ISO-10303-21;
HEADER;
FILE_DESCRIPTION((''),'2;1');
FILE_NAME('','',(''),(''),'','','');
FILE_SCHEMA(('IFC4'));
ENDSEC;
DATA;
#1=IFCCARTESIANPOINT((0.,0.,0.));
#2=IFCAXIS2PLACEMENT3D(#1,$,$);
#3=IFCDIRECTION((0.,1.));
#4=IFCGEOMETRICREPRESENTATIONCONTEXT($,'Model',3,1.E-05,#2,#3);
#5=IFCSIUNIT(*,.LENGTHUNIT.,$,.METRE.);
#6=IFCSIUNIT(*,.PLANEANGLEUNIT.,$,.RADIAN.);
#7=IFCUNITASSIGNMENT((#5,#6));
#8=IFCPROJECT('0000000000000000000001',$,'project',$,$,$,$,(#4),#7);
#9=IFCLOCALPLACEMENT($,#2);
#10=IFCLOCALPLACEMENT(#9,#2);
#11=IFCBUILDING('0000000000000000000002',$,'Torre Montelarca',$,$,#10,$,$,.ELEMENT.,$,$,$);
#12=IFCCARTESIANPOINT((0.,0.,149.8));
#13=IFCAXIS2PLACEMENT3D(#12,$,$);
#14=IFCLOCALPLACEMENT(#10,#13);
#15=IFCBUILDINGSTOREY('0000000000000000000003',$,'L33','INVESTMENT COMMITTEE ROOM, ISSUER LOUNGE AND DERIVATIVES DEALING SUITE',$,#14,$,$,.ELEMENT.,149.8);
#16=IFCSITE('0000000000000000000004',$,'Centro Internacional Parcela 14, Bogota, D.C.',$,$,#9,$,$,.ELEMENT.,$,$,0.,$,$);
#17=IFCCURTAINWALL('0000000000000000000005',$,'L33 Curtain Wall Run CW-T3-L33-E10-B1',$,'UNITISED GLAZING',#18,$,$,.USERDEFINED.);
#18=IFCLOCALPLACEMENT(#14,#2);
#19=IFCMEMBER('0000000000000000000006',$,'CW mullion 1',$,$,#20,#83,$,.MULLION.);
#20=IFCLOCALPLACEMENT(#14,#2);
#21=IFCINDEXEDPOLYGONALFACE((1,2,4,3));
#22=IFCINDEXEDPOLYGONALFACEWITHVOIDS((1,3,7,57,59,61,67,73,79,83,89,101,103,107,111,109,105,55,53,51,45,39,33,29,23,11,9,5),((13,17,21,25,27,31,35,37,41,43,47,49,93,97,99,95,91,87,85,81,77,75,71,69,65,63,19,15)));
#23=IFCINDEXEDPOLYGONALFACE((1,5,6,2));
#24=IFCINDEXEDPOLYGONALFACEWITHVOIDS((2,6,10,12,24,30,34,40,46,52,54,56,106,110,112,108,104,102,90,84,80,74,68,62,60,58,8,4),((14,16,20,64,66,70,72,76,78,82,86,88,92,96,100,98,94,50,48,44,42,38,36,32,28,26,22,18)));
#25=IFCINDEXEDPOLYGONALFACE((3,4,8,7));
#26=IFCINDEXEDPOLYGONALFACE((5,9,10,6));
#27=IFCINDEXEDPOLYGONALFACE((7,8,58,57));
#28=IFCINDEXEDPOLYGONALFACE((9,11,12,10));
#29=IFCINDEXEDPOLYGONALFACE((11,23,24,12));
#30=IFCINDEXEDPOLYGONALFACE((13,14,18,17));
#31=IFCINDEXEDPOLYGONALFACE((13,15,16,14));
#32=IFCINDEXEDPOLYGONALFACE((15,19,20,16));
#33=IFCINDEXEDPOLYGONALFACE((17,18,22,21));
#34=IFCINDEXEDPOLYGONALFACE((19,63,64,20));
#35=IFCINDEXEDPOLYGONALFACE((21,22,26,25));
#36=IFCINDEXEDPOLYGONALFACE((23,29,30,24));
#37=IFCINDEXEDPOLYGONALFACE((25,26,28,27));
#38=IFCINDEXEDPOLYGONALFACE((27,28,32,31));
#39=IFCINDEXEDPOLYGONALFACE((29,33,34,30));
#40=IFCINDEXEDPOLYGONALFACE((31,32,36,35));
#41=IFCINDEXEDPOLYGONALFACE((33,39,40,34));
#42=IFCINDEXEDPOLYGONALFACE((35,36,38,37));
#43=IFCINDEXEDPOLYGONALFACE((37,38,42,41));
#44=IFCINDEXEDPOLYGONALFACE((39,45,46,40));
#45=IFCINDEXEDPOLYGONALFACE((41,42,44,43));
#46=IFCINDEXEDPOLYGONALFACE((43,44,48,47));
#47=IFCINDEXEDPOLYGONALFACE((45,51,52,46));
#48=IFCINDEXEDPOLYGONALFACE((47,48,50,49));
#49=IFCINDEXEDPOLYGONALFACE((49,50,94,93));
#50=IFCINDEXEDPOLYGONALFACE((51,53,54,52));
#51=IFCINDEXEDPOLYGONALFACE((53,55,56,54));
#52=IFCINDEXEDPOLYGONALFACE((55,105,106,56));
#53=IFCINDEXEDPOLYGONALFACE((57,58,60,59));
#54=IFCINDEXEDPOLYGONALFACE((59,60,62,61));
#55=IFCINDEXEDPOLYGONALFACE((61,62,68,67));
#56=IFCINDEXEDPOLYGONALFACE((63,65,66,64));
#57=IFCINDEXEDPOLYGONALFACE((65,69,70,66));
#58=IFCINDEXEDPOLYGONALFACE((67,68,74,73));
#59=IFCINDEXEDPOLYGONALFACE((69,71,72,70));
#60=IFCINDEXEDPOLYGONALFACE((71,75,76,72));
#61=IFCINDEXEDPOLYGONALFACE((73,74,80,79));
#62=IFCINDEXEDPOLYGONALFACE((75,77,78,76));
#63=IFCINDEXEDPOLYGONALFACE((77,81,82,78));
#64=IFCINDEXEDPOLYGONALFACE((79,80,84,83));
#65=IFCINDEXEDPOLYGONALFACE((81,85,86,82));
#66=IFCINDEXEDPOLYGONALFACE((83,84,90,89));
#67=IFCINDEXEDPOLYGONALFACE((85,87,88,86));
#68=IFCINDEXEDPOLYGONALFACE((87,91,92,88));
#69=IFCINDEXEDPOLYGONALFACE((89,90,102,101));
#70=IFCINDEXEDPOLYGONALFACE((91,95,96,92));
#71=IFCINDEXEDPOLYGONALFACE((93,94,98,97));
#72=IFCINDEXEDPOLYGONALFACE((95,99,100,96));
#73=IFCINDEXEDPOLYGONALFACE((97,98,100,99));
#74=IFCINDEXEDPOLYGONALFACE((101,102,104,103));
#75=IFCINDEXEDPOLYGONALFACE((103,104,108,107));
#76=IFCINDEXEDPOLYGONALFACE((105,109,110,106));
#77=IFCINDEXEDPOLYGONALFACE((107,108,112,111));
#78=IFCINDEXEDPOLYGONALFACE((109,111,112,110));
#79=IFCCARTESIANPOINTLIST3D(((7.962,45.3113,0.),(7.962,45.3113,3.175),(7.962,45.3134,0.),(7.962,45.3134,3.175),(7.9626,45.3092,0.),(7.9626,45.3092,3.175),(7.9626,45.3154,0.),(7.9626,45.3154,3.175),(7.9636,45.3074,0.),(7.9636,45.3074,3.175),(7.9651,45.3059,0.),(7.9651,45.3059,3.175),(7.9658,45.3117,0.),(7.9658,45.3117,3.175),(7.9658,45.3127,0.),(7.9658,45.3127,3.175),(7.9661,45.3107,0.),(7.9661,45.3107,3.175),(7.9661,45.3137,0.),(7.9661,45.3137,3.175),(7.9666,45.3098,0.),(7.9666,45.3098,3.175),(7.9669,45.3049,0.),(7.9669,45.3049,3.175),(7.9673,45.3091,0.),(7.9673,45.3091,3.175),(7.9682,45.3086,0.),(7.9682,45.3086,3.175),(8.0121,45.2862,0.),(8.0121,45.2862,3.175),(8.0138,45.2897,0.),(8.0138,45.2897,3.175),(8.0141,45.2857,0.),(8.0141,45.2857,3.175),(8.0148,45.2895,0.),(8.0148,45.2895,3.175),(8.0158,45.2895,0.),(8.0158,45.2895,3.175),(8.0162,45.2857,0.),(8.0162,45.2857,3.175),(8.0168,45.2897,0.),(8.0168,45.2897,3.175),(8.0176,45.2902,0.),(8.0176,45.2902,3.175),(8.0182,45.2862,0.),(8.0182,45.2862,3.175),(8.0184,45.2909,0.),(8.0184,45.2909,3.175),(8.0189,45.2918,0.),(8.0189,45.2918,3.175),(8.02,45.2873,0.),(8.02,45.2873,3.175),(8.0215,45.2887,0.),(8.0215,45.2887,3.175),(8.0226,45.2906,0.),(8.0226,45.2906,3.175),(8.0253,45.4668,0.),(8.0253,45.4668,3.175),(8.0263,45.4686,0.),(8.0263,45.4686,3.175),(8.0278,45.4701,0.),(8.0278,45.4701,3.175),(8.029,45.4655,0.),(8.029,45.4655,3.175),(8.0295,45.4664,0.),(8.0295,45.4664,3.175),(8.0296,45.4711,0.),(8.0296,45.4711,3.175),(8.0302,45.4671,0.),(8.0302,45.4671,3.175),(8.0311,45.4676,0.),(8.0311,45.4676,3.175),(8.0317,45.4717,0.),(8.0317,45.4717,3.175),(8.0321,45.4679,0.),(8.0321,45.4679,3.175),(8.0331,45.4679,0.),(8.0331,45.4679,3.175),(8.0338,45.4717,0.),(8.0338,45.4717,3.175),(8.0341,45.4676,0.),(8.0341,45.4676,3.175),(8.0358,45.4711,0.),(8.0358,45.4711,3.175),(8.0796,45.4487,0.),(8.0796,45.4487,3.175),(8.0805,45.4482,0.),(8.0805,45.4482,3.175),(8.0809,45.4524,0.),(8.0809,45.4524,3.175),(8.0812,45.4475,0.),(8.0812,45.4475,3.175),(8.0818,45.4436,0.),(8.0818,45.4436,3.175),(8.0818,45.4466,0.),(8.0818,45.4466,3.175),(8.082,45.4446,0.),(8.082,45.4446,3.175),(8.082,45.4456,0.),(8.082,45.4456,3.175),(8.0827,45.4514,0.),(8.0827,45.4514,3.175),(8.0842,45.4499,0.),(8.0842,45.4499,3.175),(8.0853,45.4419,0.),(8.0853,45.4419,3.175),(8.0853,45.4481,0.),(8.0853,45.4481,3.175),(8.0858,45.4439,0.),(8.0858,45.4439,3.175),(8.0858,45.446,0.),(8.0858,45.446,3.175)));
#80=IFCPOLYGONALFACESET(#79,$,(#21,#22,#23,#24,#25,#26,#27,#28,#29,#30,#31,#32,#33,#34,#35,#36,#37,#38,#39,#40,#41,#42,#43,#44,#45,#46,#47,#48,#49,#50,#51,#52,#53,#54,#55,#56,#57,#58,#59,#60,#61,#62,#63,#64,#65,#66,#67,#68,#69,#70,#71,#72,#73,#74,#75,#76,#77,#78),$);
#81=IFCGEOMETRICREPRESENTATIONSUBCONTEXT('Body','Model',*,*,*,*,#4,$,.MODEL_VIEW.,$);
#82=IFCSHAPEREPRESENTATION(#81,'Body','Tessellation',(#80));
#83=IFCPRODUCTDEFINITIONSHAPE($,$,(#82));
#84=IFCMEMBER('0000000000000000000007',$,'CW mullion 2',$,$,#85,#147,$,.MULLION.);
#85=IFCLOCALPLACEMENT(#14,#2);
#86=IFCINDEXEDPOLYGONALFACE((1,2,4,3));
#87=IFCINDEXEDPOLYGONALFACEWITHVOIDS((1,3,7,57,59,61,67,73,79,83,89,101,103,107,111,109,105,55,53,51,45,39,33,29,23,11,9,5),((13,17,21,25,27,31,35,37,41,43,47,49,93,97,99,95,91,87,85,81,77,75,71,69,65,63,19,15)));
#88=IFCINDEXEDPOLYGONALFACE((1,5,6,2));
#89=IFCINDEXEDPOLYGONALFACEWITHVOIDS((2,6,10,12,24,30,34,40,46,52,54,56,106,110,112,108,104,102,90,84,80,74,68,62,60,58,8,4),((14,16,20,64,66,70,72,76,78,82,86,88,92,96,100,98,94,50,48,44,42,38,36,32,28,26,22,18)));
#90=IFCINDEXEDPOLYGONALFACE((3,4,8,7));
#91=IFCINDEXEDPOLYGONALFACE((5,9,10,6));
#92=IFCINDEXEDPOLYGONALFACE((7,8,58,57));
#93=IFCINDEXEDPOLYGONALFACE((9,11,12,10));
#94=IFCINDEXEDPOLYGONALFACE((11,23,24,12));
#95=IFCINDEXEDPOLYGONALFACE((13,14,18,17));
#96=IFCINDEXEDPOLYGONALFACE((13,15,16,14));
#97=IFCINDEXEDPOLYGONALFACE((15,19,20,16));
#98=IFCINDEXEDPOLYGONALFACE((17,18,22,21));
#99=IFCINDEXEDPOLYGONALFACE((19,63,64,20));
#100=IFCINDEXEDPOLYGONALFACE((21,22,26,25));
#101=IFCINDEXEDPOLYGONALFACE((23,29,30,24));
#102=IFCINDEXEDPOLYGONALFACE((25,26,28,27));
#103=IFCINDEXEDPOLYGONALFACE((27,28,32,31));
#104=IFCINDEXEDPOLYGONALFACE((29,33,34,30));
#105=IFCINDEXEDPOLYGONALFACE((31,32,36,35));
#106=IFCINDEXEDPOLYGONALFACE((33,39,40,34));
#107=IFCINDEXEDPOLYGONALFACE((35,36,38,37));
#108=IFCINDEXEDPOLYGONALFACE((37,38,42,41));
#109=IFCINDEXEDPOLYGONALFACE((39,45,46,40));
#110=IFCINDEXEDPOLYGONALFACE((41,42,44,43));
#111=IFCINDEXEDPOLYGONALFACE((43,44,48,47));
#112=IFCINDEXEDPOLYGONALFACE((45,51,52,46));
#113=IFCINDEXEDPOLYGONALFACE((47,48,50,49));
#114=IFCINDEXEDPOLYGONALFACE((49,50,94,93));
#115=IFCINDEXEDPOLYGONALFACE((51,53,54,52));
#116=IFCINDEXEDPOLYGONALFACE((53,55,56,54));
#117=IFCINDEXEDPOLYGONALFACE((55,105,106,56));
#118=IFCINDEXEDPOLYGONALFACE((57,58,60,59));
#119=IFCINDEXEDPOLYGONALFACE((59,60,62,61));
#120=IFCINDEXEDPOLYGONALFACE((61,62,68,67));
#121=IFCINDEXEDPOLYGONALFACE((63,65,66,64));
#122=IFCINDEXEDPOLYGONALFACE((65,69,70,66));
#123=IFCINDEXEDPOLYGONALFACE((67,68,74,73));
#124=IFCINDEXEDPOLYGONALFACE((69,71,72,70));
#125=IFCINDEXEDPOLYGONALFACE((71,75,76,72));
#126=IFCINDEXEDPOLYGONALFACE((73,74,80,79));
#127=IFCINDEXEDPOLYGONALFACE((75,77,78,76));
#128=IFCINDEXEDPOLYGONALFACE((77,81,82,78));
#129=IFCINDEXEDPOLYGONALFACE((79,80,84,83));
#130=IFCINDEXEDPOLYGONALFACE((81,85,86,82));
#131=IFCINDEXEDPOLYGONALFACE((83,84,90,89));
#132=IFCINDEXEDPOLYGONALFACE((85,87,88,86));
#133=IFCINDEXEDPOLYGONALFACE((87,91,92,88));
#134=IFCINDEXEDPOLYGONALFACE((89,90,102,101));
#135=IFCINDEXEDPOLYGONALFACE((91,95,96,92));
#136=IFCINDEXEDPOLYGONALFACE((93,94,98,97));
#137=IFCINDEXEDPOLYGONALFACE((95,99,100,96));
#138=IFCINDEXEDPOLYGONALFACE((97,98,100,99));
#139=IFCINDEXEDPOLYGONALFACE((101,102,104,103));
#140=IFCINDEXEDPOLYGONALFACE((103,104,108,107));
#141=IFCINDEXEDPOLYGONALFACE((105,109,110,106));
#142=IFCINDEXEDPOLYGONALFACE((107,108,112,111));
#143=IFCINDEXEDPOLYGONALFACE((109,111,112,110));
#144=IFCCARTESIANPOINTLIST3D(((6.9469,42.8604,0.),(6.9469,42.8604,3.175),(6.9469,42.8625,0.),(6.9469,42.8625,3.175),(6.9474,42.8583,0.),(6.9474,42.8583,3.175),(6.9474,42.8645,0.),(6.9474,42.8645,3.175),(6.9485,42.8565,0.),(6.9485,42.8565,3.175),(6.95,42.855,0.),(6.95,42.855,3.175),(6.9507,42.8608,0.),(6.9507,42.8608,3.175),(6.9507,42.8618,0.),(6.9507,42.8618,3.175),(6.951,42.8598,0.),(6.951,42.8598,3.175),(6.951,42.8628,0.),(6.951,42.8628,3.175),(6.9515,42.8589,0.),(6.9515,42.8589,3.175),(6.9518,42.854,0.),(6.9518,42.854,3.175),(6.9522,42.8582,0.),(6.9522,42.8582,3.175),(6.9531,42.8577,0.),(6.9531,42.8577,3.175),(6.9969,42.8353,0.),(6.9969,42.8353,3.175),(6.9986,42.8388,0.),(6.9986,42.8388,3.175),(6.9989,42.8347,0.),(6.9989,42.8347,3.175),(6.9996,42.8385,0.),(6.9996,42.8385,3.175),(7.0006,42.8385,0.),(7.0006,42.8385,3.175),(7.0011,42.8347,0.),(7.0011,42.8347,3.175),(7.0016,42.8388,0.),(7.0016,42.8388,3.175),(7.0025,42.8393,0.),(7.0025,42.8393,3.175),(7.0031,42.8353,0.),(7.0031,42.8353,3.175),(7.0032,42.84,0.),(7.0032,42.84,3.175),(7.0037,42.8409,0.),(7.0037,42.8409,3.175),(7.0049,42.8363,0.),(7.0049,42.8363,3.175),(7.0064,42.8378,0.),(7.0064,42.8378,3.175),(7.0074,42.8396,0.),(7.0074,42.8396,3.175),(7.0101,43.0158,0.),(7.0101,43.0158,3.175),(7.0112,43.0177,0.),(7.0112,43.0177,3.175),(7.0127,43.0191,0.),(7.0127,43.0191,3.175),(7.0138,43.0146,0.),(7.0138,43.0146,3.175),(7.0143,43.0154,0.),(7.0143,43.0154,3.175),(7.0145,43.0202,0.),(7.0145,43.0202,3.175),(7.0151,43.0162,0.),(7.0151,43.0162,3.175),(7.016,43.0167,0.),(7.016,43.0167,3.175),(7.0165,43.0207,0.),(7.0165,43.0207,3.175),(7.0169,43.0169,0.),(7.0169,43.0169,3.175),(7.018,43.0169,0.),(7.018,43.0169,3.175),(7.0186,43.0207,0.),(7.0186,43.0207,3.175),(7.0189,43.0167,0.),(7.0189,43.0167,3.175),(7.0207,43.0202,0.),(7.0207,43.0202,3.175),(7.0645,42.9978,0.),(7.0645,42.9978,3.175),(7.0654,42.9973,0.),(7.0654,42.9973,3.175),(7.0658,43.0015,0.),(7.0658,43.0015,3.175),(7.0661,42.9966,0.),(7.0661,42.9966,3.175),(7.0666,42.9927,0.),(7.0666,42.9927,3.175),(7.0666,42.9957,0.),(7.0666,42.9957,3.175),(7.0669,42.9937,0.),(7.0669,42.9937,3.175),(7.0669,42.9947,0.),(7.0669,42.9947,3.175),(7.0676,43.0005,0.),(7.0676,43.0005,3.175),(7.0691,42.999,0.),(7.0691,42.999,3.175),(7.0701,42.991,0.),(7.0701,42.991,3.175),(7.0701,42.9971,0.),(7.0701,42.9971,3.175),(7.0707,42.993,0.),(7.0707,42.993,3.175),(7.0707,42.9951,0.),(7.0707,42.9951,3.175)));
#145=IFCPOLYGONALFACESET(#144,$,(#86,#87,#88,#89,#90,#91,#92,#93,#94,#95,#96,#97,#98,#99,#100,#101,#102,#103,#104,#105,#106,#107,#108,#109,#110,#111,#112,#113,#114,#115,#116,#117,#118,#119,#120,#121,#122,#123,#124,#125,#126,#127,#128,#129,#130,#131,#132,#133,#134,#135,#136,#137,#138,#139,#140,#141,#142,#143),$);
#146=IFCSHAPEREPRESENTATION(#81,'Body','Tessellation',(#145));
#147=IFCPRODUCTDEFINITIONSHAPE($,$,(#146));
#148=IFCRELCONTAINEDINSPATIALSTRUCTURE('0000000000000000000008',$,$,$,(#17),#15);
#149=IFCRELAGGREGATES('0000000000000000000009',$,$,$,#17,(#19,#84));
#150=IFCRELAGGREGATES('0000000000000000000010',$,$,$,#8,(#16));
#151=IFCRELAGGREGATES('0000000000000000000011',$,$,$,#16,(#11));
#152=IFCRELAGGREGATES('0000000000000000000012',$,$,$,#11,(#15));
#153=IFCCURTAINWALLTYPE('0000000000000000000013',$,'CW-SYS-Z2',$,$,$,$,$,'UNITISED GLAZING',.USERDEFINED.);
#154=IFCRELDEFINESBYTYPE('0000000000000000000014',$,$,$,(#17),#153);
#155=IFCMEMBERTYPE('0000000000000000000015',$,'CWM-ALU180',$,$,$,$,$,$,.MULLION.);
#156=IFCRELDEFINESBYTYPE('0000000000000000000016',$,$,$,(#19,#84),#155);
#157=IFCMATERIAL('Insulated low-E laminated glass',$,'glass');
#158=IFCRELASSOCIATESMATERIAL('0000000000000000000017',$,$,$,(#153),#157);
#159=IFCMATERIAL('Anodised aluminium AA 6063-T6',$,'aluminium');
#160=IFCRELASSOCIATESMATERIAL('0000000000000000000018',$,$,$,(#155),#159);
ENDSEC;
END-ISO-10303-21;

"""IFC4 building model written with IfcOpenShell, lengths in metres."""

from ifc_helpers import new_model, si_unit, direction, frame, origin, origin_2d, place, context, subcontext, project, spatial, hollow_rectangle, extrude, source, transform, mapped, material, material_profile, profile_set, type_object, element, aggregate, save


model = new_model("IFC4")

# Units and contexts
model_context = context("Model", 3, precision=1e-05, world=origin(), true_north=direction((0.0, 1.0)))
body_context = subcontext(model_context, "Body", "Model", "MODEL_VIEW")
ifc_project = project(units=[si_unit("LENGTHUNIT", "METRE"), si_unit("PLANEANGLEUNIT", "RADIAN")], contexts=[model_context])

# Site, building, storey
site_placement = place(None, origin())
site = spatial("IfcSite", under=ifc_project, at=site_placement, Name="Centro Internacional Parcela 14, Bogota, D.C.", CompositionType="ELEMENT", RefElevation=0.0)
building_placement = place(site_placement, origin())
building = spatial("IfcBuilding", under=site, at=building_placement, Name="Torre Montelarca", CompositionType="ELEMENT")
storey_placement = place(building_placement, frame((0.0, 0.0, 149.8)))
storey = spatial("IfcBuildingStorey", under=building, at=storey_placement, Name="L33", Description="INVESTMENT COMMITTEE ROOM, ISSUER LOUNGE AND DERIVATIVES DEALING SUITE", CompositionType="ELEMENT", Elevation=149.8)

# Curtain wall
ifc_material_1 = material(Name="Insulated low-E laminated glass", Category="glass")
curtain_wall_type = type_object("IfcCurtainWallType", Name="CW-SYS-Z2", ElementType="UNITISED GLAZING", PredefinedType="USERDEFINED", material=ifc_material_1)
ifc_material_2 = material(Name="Anodised aluminium AA 6063-T6", Category="aluminium")
curtain_wall_1_placement = place(storey_placement, origin())
curtain_wall_1 = element("IfcCurtainWall", 1, at=curtain_wall_1_placement, inside=storey, type_object=curtain_wall_type, Name="L33 Curtain Wall Run CW-T3-L33-E10-B1", ObjectType="UNITISED GLAZING", PredefinedType="USERDEFINED")

# Members
ifc_material_profile_1 = material_profile(ifc_material_2, hollow_rectangle(XDim=0.0649, YDim=0.1799, WallThickness=0.0039, InnerFilletRadius=0.0039, OuterFilletRadius=0.0081, at=origin_2d()), Name="ALU65X180X4", Category="aluminium")
ifc_profile_set_1 = profile_set([ifc_material_profile_1], Name="Anodised aluminium AA 6063-T6")
member_type_1 = type_object("IfcMemberType", Name="CWM-ALU180", PredefinedType="MULLION", material=ifc_profile_set_1)
shared_shape_1 = source(origin(), body_context, "Body", "SweptSolid", [
    extrude(hollow_rectangle(XDim=0.0649, YDim=0.1799, WallThickness=0.0039, InnerFilletRadius=0.0039, OuterFilletRadius=0.0081, at=origin_2d()), origin(), (0.0, 0.0, 1.0), 3.175),
])
member_1_placement = place(storey_placement, frame((8.0239, 45.3787, 0.0), z_axis=(0.0, 0.0, 1.0), x_axis=(0.923879, -0.382686, 0.0)))
member_1 = element("IfcMember", 2, at=member_1_placement, type_object=member_type_1, Name="CW mullion 1", PredefinedType="MULLION", context=body_context, shape_type="MappedRepresentation", body=[
    mapped(shared_shape_1, transform((0.0, 0.0, 0.0), scale=1.0)),
])
member_2_placement = place(storey_placement, frame((7.0088, 42.9277, 0.0), z_axis=(0.0, 0.0, 1.0), x_axis=(0.923879, -0.382686, 0.0)))
member_2 = element("IfcMember", 3, at=member_2_placement, type_object=member_type_1, Name="CW mullion 2", PredefinedType="MULLION", context=body_context, shape_type="MappedRepresentation", body=[
    mapped(shared_shape_1, transform((0.0, 0.0, 0.0), scale=1.0)),
])

aggregate(curtain_wall_1, [member_1, member_2])

save(model, "model.ifc")
